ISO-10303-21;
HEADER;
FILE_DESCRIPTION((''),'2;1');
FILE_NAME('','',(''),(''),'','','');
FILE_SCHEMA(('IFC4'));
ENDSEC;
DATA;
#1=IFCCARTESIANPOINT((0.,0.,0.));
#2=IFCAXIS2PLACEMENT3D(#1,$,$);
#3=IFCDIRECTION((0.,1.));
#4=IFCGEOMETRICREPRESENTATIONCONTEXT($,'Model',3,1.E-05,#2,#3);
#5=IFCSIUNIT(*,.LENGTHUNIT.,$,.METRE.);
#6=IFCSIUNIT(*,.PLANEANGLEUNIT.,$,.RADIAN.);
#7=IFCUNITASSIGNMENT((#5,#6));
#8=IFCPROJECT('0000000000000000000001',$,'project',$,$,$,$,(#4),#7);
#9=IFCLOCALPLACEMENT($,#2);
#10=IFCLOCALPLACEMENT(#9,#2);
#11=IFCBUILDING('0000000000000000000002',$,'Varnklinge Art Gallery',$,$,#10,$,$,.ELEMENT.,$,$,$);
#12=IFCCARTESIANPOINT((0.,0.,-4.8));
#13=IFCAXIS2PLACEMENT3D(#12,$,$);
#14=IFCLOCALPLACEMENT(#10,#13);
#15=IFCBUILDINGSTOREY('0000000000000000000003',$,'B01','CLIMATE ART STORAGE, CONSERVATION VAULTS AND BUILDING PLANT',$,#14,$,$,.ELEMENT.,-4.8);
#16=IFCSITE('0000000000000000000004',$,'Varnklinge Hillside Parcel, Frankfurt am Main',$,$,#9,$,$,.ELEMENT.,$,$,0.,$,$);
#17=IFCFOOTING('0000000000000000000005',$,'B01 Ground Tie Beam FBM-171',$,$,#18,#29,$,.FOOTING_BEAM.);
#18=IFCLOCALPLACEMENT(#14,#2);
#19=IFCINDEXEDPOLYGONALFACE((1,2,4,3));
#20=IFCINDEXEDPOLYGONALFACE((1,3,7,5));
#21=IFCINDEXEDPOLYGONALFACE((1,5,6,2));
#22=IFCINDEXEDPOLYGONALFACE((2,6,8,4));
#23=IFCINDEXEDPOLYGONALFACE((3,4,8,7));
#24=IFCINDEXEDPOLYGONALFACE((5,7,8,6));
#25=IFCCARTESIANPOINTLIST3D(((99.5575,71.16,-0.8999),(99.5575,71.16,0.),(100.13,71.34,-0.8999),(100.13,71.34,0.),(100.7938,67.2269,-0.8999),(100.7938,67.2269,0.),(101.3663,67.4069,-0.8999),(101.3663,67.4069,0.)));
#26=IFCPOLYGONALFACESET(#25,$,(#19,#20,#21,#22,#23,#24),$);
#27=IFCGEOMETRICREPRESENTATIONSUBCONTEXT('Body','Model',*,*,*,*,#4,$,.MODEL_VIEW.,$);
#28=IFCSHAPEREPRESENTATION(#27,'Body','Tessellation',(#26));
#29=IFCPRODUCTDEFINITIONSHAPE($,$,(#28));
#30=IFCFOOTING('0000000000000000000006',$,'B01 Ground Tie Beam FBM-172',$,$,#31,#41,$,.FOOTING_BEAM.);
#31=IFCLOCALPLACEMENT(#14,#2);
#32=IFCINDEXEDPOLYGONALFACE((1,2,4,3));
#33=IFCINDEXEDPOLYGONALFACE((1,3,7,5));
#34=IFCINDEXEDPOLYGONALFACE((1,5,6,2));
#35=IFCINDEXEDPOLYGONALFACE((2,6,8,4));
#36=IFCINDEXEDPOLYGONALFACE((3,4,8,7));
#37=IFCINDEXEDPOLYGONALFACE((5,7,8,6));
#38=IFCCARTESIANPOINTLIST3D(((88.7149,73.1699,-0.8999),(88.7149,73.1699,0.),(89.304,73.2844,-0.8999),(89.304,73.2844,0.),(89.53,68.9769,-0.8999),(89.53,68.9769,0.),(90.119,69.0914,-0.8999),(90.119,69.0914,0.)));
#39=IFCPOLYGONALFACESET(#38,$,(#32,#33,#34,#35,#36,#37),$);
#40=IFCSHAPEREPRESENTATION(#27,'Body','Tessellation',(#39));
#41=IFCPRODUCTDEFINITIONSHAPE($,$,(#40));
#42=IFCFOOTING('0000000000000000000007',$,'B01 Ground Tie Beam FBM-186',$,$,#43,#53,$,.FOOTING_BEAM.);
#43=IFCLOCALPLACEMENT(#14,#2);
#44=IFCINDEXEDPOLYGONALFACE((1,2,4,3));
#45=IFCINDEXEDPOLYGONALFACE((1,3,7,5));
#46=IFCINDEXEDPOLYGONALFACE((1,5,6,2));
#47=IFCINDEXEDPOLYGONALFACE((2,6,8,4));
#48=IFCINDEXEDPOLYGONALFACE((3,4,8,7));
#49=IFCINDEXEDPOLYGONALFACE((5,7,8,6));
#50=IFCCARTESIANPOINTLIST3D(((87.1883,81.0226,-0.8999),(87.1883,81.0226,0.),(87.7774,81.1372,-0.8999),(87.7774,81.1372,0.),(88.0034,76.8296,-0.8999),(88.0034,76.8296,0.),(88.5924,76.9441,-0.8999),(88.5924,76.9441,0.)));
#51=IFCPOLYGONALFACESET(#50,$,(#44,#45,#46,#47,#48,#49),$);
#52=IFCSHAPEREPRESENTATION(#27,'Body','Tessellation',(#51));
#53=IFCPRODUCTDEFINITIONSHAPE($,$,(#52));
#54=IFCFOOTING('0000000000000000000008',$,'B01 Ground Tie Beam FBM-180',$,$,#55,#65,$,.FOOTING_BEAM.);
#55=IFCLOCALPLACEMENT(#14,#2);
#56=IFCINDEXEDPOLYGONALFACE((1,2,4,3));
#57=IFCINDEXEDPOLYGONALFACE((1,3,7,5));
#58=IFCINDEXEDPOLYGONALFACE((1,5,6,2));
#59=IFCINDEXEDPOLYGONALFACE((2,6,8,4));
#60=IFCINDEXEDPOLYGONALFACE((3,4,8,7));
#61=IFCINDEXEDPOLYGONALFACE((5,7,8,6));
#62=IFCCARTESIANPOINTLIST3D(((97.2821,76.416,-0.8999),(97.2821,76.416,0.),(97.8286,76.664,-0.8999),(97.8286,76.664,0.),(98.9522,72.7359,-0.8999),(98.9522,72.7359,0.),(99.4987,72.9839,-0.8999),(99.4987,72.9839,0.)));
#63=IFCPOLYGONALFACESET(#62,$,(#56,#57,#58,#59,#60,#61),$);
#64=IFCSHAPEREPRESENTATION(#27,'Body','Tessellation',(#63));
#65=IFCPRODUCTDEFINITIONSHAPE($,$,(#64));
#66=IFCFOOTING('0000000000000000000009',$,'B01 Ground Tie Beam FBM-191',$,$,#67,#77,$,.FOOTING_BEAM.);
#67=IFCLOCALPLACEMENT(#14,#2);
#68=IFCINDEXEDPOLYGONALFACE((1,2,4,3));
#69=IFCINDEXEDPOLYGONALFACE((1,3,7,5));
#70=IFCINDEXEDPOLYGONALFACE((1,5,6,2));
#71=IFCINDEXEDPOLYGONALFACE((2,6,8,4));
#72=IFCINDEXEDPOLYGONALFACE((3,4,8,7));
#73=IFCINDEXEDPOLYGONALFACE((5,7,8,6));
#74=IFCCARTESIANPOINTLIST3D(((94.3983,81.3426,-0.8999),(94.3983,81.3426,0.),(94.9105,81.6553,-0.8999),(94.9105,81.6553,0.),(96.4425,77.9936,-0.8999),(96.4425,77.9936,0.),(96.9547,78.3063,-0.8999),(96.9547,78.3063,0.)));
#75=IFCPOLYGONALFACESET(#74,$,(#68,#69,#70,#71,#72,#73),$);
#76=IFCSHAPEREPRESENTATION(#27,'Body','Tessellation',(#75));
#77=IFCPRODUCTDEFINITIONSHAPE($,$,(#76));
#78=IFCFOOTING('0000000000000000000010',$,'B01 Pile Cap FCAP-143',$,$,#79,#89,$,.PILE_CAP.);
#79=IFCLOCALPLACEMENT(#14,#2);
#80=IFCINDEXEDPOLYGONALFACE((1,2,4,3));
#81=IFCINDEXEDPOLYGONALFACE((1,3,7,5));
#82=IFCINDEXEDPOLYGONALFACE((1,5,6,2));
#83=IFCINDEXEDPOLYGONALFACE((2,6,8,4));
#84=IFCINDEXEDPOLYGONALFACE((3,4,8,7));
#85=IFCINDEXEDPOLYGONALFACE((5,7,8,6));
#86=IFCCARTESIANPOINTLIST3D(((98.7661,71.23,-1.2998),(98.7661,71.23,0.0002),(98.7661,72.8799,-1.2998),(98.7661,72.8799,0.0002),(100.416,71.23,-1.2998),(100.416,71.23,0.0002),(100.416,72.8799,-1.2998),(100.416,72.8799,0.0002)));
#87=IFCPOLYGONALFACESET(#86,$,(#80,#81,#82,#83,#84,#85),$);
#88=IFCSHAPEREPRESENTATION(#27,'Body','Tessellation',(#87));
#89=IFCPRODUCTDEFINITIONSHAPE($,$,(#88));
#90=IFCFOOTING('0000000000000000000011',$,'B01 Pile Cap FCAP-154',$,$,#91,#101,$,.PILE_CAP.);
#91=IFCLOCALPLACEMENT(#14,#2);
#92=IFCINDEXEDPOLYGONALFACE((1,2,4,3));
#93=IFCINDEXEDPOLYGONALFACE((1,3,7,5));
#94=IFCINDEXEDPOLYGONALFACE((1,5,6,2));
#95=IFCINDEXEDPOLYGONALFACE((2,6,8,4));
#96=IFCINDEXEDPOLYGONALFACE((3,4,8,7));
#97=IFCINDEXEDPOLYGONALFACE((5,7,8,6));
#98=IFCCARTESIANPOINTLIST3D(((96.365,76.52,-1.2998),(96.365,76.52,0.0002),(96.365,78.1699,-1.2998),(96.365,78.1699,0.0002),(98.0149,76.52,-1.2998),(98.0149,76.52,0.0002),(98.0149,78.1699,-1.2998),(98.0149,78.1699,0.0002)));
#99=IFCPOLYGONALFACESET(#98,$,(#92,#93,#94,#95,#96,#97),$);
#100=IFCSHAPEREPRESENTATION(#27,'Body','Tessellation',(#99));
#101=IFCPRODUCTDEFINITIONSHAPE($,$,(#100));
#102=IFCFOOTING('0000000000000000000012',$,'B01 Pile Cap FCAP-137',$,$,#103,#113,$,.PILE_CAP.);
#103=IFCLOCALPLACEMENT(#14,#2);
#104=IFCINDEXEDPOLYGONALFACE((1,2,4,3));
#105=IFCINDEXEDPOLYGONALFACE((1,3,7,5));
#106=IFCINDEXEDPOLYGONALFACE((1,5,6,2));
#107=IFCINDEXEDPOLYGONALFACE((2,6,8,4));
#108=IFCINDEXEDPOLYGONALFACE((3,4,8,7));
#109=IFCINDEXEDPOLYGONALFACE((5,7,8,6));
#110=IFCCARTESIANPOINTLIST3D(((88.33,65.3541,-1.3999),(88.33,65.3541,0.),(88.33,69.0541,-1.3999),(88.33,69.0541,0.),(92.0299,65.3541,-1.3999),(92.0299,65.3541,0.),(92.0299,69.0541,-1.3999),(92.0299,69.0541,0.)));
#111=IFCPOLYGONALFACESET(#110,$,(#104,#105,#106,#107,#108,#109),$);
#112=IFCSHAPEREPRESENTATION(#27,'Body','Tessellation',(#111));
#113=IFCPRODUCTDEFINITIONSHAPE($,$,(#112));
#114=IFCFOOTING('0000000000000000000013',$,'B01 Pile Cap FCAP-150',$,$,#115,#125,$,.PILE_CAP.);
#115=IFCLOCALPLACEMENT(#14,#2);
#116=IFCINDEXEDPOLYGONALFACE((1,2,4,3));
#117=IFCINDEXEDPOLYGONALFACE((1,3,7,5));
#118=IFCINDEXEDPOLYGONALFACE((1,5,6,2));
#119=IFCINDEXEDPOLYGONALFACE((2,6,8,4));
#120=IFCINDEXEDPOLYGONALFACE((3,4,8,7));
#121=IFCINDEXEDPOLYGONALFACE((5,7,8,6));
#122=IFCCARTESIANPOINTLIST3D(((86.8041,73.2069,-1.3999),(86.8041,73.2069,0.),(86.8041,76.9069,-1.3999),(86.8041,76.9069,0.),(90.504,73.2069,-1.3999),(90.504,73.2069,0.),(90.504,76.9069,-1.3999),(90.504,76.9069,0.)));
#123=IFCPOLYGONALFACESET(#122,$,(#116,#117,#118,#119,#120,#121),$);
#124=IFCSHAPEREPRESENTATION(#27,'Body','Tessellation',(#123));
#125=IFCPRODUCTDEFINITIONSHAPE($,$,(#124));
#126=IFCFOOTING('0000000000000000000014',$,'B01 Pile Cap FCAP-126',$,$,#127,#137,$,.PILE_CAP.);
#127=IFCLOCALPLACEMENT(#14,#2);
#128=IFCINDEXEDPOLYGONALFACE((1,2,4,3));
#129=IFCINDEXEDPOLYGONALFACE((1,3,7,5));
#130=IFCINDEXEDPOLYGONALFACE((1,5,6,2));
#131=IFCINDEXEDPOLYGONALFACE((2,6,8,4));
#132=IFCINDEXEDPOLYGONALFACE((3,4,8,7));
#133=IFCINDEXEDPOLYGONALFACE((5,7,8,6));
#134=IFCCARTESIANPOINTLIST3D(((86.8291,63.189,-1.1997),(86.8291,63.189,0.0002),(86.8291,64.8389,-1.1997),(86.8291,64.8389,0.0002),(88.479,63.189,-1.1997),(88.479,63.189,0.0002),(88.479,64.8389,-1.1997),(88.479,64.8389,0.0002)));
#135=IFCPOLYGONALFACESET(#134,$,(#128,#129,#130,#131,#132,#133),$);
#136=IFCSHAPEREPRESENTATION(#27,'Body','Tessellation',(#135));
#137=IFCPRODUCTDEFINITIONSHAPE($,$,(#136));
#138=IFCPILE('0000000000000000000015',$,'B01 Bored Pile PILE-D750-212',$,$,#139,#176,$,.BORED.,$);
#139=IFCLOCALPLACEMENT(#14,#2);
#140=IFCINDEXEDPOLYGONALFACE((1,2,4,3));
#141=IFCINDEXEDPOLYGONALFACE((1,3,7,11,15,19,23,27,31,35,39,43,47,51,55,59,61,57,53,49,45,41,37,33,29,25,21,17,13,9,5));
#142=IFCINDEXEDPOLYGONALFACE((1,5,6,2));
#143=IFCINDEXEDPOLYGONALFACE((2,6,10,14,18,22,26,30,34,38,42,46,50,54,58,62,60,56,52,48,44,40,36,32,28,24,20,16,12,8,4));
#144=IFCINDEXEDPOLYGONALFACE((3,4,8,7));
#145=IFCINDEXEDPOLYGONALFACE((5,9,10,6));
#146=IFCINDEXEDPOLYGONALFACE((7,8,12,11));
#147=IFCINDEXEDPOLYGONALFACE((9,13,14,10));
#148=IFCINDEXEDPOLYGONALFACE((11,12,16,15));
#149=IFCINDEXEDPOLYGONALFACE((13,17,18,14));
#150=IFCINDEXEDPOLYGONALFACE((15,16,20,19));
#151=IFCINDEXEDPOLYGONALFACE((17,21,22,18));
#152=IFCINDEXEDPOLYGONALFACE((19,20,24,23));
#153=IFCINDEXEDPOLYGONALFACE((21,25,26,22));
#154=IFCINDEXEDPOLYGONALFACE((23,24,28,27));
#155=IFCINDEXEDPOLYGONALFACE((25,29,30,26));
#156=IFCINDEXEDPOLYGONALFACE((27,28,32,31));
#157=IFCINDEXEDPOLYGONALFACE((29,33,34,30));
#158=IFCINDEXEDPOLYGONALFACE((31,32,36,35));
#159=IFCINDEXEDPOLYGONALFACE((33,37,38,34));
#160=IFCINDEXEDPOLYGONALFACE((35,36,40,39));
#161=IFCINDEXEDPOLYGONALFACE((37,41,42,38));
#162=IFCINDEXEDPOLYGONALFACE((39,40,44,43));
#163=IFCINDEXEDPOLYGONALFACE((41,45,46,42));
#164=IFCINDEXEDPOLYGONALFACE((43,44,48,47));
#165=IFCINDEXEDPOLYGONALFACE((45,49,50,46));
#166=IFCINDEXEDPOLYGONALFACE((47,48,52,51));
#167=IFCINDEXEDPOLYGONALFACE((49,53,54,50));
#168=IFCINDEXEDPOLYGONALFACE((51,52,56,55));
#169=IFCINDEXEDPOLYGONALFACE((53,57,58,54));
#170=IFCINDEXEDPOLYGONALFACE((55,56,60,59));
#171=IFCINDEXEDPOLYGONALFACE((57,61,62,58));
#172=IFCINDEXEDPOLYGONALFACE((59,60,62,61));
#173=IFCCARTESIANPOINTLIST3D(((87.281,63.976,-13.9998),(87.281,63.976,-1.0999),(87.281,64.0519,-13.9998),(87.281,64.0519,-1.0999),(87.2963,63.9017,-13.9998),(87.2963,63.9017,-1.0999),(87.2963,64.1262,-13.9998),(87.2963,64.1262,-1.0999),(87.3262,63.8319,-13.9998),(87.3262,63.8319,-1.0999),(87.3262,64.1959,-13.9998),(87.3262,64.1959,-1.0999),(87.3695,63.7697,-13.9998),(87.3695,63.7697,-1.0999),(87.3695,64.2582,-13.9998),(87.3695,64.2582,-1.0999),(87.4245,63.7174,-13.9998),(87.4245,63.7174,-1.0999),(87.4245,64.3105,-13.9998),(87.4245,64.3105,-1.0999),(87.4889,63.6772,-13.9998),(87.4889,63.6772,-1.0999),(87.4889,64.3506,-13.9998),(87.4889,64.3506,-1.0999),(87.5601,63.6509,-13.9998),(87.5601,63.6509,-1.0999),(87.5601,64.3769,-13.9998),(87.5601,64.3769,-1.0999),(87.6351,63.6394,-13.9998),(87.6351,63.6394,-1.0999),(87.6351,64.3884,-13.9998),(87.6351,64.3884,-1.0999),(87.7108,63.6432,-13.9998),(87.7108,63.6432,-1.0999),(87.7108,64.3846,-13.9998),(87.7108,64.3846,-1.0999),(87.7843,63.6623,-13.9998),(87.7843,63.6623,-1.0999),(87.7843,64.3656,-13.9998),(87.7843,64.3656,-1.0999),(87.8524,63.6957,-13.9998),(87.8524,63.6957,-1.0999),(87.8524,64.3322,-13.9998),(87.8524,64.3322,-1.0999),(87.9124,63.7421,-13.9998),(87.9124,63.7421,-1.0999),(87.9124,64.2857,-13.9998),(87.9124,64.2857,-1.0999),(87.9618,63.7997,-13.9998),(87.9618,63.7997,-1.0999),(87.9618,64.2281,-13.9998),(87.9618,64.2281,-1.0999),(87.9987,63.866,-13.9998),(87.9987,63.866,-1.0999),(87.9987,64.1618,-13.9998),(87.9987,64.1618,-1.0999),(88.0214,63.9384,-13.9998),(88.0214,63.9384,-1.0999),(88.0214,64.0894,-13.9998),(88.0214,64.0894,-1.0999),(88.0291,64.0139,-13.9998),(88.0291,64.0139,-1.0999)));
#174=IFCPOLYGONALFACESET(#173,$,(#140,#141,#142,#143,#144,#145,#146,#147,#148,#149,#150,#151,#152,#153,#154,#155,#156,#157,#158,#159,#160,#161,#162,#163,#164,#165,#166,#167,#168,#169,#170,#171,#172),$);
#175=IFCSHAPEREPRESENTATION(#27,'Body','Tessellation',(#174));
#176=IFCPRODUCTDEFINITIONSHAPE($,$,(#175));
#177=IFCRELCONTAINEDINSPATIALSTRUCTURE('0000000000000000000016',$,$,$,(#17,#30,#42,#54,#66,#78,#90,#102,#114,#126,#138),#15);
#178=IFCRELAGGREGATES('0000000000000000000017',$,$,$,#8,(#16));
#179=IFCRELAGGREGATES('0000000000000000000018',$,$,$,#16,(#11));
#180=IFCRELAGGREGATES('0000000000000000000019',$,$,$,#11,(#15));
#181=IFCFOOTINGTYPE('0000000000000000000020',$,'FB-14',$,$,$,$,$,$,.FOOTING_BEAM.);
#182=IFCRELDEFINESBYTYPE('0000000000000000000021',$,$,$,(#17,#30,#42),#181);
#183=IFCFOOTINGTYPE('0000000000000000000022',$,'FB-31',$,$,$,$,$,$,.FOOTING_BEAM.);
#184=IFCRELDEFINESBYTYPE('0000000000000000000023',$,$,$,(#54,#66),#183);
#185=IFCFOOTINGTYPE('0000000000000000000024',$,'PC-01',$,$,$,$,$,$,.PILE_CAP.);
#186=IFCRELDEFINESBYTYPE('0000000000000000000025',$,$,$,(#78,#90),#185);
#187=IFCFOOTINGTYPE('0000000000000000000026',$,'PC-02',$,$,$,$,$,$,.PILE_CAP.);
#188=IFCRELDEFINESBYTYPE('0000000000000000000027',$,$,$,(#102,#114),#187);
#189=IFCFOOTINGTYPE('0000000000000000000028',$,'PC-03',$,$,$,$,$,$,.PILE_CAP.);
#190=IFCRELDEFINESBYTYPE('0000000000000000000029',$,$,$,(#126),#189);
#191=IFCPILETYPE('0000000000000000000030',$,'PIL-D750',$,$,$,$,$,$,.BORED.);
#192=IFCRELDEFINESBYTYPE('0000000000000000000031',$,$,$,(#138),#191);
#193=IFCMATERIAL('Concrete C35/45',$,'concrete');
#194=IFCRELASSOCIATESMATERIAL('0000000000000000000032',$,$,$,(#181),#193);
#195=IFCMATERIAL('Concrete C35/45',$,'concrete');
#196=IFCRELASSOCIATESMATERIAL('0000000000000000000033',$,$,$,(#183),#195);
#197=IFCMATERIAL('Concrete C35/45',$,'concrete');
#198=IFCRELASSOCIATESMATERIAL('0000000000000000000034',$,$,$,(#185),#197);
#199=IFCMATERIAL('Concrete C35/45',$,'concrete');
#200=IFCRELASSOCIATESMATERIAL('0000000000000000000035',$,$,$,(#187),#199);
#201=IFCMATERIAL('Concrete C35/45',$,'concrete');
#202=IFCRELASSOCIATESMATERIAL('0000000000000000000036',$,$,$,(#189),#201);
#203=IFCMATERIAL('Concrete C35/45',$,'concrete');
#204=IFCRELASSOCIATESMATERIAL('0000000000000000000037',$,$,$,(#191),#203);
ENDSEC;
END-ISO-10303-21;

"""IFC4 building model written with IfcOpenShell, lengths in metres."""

from ifc_helpers import new_model, si_unit, direction, frame, origin, origin_2d, place, context, subcontext, project, spatial, rectangle, circle, extrude, material, material_profile, profile_set, type_object, element, save


model = new_model("IFC4")

# Units and contexts
model_context = context("Model", 3, precision=1e-05, world=origin(), true_north=direction((0.0, 1.0)))
body_context = subcontext(model_context, "Body", "Model", "MODEL_VIEW")
ifc_project = project(units=[si_unit("LENGTHUNIT", "METRE"), si_unit("PLANEANGLEUNIT", "RADIAN")], contexts=[model_context])

# Site, building, storey
site_placement = place(None, origin())
site = spatial("IfcSite", under=ifc_project, at=site_placement, Name="Varnklinge Hillside Parcel, Frankfurt am Main", CompositionType="ELEMENT", RefElevation=0.0)
building_placement = place(site_placement, origin())
building = spatial("IfcBuilding", under=site, at=building_placement, Name="Varnklinge Art Gallery", CompositionType="ELEMENT")
storey_placement = place(building_placement, frame((0.0, 0.0, -4.8)))
storey = spatial("IfcBuildingStorey", under=building, at=storey_placement, Name="B01", Description="CLIMATE ART STORAGE, CONSERVATION VAULTS AND BUILDING PLANT", CompositionType="ELEMENT", Elevation=-4.8)

# Footings
ifc_material_1 = material(Name="Concrete C35/45", Category="concrete")
footing_type_1 = type_object("IfcFootingType", Name="FB-14", PredefinedType="FOOTING_BEAM", material=ifc_material_1)
footing_1_placement = place(storey_placement, frame((100.4619, 69.2834, -0.8999), z_axis=(0.0, 0.0, 1.0), x_axis=(-0.299873, 0.953979, 0.0)))
element("IfcFooting", 1, at=footing_1_placement, inside=storey, type_object=footing_type_1, Name="B01 Ground Tie Beam FBM-171", PredefinedType="FOOTING_BEAM", context=body_context, shape_type="SweptSolid", body=[
    extrude(rectangle(XDim=4.1228, YDim=0.6001, at=origin_2d()), origin(), (0.0, 0.0, 1.0), 0.8999),
])
for number, where, z_axis, x_axis, name in (
    (2, (89.417, 71.1306, -0.8999), (0.0, 0.0, 1.0), (-0.190809, 0.981627, 0.0), "B01 Ground Tie Beam FBM-172"),
    (3, (87.8904, 78.9834, -0.8999), (0.0, 0.0, 1.0), (-0.190809, 0.981627, 0.0), "B01 Ground Tie Beam FBM-186"),
):
    element("IfcFooting", number, at=place(storey_placement, frame(where, z_axis=z_axis, x_axis=x_axis)), inside=storey, type_object=footing_type_1, Name=name, PredefinedType="FOOTING_BEAM", context=body_context, shape_type="SweptSolid", body=[
        extrude(rectangle(XDim=4.2715, YDim=0.6001, at=origin_2d()), origin(), (0.0, 0.0, 1.0), 0.8999),
    ])
ifc_material_2 = material(Name="Concrete C35/45", Category="concrete")
footing_type_2 = type_object("IfcFootingType", Name="FB-31", PredefinedType="FOOTING_BEAM", material=ifc_material_2)
footing_2_placement = place(storey_placement, frame((98.3904, 74.7, -0.8999), z_axis=(0.0, 0.0, 1.0), x_axis=(-0.413263, 0.910612, 0.0)))
element("IfcFooting", 4, at=footing_2_placement, inside=storey, type_object=footing_type_2, Name="B01 Ground Tie Beam FBM-180", PredefinedType="FOOTING_BEAM", context=body_context, shape_type="SweptSolid", body=[
    extrude(rectangle(XDim=4.0413, YDim=0.6001, at=origin_2d()), origin(), (0.0, 0.0, 1.0), 0.8999),
])
footing_3_placement = place(storey_placement, frame((95.6765, 79.8245, -0.8999), z_axis=(0.0, 0.0, 1.0), x_axis=(-0.52101, 0.853551, 0.0)))
element("IfcFooting", 5, at=footing_3_placement, inside=storey, type_object=footing_type_2, Name="B01 Ground Tie Beam FBM-191", PredefinedType="FOOTING_BEAM", context=body_context, shape_type="SweptSolid", body=[
    extrude(rectangle(XDim=3.9236, YDim=0.6001, at=origin_2d()), origin(), (0.0, 0.0, 1.0), 0.8999),
])
ifc_material_3 = material(Name="Concrete C35/45", Category="concrete")
footing_type_3 = type_object("IfcFootingType", Name="PC-01", PredefinedType="PILE_CAP", material=ifc_material_3)
for number, where, z_axis, x_axis, name in (
    (6, (99.5911, 72.0549, -1.2998), (0.0, 0.0, 1.0), (1.0, 0.0, 0.0), "B01 Pile Cap FCAP-143"),
    (7, (97.1899, 77.345, -1.2998), (0.0, 0.0, 1.0), (1.0, 0.0, 0.0), "B01 Pile Cap FCAP-154"),
):
    element("IfcFooting", number, at=place(storey_placement, frame(where, z_axis=z_axis, x_axis=x_axis)), inside=storey, type_object=footing_type_3, Name=name, PredefinedType="PILE_CAP", context=body_context, shape_type="SweptSolid", body=[
        extrude(rectangle(XDim=1.6499, YDim=1.6499, at=origin_2d()), origin(), (0.0, 0.0, 1.0), 1.3),
    ])
ifc_material_4 = material(Name="Concrete C35/45", Category="concrete")
footing_type_4 = type_object("IfcFootingType", Name="PC-02", PredefinedType="PILE_CAP", material=ifc_material_4)
for number, where, z_axis, x_axis, name in (
    (8, (90.1799, 67.2041, -1.3999), (0.0, 0.0, 1.0), (1.0, 0.0, 0.0), "B01 Pile Cap FCAP-137"),
    (9, (88.6541, 75.0569, -1.3999), (0.0, 0.0, 1.0), (1.0, 0.0, 0.0), "B01 Pile Cap FCAP-150"),
):
    element("IfcFooting", number, at=place(storey_placement, frame(where, z_axis=z_axis, x_axis=x_axis)), inside=storey, type_object=footing_type_4, Name=name, PredefinedType="PILE_CAP", context=body_context, shape_type="SweptSolid", body=[
        extrude(rectangle(XDim=3.7, YDim=3.7, at=origin_2d()), origin(), (0.0, 0.0, 1.0), 1.3999),
    ])
ifc_material_5 = material(Name="Concrete C35/45", Category="concrete")
footing_type_5 = type_object("IfcFootingType", Name="PC-03", PredefinedType="PILE_CAP", material=ifc_material_5)
footing_4_placement = place(storey_placement, frame((87.6541, 64.0139, -1.1997), z_axis=(0.0, 0.0, 1.0), x_axis=(1.0, 0.0, 0.0)))
element("IfcFooting", 10, at=footing_4_placement, inside=storey, type_object=footing_type_5, Name="B01 Pile Cap FCAP-126", PredefinedType="PILE_CAP", context=body_context, shape_type="SweptSolid", body=[
    extrude(rectangle(XDim=1.6499, YDim=1.6499, at=origin_2d()), origin(), (0.0, 0.0, 1.0), 1.2),
])

# Pile
ifc_material_6 = material(Name="Concrete C35/45", Category="concrete")
ifc_material_profile_1 = material_profile(ifc_material_6, circle(Radius=0.375, at=origin_2d()), Name="PILE D750")
ifc_profile_set_1 = profile_set([ifc_material_profile_1], Name="Concrete C35/45")
pile_type_1 = type_object("IfcPileType", Name="PIL-D750", PredefinedType="BORED", material=ifc_profile_set_1)
pile_placement = place(storey_placement, frame((87.6541, 64.0139, -1.0999), z_axis=(0.0, 0.0, -1.0), x_axis=(1.0, 0.0, 0.0)))
element("IfcPile", 11, at=pile_placement, inside=storey, type_object=pile_type_1, Name="B01 Bored Pile PILE-D750-212", PredefinedType="BORED", context=body_context, shape_type="SweptSolid", body=[
    extrude(circle(Radius=0.375, at=origin_2d()), origin(), (0.0, 0.0, 1.0), 12.8999),
])

save(model, "model.ifc")
